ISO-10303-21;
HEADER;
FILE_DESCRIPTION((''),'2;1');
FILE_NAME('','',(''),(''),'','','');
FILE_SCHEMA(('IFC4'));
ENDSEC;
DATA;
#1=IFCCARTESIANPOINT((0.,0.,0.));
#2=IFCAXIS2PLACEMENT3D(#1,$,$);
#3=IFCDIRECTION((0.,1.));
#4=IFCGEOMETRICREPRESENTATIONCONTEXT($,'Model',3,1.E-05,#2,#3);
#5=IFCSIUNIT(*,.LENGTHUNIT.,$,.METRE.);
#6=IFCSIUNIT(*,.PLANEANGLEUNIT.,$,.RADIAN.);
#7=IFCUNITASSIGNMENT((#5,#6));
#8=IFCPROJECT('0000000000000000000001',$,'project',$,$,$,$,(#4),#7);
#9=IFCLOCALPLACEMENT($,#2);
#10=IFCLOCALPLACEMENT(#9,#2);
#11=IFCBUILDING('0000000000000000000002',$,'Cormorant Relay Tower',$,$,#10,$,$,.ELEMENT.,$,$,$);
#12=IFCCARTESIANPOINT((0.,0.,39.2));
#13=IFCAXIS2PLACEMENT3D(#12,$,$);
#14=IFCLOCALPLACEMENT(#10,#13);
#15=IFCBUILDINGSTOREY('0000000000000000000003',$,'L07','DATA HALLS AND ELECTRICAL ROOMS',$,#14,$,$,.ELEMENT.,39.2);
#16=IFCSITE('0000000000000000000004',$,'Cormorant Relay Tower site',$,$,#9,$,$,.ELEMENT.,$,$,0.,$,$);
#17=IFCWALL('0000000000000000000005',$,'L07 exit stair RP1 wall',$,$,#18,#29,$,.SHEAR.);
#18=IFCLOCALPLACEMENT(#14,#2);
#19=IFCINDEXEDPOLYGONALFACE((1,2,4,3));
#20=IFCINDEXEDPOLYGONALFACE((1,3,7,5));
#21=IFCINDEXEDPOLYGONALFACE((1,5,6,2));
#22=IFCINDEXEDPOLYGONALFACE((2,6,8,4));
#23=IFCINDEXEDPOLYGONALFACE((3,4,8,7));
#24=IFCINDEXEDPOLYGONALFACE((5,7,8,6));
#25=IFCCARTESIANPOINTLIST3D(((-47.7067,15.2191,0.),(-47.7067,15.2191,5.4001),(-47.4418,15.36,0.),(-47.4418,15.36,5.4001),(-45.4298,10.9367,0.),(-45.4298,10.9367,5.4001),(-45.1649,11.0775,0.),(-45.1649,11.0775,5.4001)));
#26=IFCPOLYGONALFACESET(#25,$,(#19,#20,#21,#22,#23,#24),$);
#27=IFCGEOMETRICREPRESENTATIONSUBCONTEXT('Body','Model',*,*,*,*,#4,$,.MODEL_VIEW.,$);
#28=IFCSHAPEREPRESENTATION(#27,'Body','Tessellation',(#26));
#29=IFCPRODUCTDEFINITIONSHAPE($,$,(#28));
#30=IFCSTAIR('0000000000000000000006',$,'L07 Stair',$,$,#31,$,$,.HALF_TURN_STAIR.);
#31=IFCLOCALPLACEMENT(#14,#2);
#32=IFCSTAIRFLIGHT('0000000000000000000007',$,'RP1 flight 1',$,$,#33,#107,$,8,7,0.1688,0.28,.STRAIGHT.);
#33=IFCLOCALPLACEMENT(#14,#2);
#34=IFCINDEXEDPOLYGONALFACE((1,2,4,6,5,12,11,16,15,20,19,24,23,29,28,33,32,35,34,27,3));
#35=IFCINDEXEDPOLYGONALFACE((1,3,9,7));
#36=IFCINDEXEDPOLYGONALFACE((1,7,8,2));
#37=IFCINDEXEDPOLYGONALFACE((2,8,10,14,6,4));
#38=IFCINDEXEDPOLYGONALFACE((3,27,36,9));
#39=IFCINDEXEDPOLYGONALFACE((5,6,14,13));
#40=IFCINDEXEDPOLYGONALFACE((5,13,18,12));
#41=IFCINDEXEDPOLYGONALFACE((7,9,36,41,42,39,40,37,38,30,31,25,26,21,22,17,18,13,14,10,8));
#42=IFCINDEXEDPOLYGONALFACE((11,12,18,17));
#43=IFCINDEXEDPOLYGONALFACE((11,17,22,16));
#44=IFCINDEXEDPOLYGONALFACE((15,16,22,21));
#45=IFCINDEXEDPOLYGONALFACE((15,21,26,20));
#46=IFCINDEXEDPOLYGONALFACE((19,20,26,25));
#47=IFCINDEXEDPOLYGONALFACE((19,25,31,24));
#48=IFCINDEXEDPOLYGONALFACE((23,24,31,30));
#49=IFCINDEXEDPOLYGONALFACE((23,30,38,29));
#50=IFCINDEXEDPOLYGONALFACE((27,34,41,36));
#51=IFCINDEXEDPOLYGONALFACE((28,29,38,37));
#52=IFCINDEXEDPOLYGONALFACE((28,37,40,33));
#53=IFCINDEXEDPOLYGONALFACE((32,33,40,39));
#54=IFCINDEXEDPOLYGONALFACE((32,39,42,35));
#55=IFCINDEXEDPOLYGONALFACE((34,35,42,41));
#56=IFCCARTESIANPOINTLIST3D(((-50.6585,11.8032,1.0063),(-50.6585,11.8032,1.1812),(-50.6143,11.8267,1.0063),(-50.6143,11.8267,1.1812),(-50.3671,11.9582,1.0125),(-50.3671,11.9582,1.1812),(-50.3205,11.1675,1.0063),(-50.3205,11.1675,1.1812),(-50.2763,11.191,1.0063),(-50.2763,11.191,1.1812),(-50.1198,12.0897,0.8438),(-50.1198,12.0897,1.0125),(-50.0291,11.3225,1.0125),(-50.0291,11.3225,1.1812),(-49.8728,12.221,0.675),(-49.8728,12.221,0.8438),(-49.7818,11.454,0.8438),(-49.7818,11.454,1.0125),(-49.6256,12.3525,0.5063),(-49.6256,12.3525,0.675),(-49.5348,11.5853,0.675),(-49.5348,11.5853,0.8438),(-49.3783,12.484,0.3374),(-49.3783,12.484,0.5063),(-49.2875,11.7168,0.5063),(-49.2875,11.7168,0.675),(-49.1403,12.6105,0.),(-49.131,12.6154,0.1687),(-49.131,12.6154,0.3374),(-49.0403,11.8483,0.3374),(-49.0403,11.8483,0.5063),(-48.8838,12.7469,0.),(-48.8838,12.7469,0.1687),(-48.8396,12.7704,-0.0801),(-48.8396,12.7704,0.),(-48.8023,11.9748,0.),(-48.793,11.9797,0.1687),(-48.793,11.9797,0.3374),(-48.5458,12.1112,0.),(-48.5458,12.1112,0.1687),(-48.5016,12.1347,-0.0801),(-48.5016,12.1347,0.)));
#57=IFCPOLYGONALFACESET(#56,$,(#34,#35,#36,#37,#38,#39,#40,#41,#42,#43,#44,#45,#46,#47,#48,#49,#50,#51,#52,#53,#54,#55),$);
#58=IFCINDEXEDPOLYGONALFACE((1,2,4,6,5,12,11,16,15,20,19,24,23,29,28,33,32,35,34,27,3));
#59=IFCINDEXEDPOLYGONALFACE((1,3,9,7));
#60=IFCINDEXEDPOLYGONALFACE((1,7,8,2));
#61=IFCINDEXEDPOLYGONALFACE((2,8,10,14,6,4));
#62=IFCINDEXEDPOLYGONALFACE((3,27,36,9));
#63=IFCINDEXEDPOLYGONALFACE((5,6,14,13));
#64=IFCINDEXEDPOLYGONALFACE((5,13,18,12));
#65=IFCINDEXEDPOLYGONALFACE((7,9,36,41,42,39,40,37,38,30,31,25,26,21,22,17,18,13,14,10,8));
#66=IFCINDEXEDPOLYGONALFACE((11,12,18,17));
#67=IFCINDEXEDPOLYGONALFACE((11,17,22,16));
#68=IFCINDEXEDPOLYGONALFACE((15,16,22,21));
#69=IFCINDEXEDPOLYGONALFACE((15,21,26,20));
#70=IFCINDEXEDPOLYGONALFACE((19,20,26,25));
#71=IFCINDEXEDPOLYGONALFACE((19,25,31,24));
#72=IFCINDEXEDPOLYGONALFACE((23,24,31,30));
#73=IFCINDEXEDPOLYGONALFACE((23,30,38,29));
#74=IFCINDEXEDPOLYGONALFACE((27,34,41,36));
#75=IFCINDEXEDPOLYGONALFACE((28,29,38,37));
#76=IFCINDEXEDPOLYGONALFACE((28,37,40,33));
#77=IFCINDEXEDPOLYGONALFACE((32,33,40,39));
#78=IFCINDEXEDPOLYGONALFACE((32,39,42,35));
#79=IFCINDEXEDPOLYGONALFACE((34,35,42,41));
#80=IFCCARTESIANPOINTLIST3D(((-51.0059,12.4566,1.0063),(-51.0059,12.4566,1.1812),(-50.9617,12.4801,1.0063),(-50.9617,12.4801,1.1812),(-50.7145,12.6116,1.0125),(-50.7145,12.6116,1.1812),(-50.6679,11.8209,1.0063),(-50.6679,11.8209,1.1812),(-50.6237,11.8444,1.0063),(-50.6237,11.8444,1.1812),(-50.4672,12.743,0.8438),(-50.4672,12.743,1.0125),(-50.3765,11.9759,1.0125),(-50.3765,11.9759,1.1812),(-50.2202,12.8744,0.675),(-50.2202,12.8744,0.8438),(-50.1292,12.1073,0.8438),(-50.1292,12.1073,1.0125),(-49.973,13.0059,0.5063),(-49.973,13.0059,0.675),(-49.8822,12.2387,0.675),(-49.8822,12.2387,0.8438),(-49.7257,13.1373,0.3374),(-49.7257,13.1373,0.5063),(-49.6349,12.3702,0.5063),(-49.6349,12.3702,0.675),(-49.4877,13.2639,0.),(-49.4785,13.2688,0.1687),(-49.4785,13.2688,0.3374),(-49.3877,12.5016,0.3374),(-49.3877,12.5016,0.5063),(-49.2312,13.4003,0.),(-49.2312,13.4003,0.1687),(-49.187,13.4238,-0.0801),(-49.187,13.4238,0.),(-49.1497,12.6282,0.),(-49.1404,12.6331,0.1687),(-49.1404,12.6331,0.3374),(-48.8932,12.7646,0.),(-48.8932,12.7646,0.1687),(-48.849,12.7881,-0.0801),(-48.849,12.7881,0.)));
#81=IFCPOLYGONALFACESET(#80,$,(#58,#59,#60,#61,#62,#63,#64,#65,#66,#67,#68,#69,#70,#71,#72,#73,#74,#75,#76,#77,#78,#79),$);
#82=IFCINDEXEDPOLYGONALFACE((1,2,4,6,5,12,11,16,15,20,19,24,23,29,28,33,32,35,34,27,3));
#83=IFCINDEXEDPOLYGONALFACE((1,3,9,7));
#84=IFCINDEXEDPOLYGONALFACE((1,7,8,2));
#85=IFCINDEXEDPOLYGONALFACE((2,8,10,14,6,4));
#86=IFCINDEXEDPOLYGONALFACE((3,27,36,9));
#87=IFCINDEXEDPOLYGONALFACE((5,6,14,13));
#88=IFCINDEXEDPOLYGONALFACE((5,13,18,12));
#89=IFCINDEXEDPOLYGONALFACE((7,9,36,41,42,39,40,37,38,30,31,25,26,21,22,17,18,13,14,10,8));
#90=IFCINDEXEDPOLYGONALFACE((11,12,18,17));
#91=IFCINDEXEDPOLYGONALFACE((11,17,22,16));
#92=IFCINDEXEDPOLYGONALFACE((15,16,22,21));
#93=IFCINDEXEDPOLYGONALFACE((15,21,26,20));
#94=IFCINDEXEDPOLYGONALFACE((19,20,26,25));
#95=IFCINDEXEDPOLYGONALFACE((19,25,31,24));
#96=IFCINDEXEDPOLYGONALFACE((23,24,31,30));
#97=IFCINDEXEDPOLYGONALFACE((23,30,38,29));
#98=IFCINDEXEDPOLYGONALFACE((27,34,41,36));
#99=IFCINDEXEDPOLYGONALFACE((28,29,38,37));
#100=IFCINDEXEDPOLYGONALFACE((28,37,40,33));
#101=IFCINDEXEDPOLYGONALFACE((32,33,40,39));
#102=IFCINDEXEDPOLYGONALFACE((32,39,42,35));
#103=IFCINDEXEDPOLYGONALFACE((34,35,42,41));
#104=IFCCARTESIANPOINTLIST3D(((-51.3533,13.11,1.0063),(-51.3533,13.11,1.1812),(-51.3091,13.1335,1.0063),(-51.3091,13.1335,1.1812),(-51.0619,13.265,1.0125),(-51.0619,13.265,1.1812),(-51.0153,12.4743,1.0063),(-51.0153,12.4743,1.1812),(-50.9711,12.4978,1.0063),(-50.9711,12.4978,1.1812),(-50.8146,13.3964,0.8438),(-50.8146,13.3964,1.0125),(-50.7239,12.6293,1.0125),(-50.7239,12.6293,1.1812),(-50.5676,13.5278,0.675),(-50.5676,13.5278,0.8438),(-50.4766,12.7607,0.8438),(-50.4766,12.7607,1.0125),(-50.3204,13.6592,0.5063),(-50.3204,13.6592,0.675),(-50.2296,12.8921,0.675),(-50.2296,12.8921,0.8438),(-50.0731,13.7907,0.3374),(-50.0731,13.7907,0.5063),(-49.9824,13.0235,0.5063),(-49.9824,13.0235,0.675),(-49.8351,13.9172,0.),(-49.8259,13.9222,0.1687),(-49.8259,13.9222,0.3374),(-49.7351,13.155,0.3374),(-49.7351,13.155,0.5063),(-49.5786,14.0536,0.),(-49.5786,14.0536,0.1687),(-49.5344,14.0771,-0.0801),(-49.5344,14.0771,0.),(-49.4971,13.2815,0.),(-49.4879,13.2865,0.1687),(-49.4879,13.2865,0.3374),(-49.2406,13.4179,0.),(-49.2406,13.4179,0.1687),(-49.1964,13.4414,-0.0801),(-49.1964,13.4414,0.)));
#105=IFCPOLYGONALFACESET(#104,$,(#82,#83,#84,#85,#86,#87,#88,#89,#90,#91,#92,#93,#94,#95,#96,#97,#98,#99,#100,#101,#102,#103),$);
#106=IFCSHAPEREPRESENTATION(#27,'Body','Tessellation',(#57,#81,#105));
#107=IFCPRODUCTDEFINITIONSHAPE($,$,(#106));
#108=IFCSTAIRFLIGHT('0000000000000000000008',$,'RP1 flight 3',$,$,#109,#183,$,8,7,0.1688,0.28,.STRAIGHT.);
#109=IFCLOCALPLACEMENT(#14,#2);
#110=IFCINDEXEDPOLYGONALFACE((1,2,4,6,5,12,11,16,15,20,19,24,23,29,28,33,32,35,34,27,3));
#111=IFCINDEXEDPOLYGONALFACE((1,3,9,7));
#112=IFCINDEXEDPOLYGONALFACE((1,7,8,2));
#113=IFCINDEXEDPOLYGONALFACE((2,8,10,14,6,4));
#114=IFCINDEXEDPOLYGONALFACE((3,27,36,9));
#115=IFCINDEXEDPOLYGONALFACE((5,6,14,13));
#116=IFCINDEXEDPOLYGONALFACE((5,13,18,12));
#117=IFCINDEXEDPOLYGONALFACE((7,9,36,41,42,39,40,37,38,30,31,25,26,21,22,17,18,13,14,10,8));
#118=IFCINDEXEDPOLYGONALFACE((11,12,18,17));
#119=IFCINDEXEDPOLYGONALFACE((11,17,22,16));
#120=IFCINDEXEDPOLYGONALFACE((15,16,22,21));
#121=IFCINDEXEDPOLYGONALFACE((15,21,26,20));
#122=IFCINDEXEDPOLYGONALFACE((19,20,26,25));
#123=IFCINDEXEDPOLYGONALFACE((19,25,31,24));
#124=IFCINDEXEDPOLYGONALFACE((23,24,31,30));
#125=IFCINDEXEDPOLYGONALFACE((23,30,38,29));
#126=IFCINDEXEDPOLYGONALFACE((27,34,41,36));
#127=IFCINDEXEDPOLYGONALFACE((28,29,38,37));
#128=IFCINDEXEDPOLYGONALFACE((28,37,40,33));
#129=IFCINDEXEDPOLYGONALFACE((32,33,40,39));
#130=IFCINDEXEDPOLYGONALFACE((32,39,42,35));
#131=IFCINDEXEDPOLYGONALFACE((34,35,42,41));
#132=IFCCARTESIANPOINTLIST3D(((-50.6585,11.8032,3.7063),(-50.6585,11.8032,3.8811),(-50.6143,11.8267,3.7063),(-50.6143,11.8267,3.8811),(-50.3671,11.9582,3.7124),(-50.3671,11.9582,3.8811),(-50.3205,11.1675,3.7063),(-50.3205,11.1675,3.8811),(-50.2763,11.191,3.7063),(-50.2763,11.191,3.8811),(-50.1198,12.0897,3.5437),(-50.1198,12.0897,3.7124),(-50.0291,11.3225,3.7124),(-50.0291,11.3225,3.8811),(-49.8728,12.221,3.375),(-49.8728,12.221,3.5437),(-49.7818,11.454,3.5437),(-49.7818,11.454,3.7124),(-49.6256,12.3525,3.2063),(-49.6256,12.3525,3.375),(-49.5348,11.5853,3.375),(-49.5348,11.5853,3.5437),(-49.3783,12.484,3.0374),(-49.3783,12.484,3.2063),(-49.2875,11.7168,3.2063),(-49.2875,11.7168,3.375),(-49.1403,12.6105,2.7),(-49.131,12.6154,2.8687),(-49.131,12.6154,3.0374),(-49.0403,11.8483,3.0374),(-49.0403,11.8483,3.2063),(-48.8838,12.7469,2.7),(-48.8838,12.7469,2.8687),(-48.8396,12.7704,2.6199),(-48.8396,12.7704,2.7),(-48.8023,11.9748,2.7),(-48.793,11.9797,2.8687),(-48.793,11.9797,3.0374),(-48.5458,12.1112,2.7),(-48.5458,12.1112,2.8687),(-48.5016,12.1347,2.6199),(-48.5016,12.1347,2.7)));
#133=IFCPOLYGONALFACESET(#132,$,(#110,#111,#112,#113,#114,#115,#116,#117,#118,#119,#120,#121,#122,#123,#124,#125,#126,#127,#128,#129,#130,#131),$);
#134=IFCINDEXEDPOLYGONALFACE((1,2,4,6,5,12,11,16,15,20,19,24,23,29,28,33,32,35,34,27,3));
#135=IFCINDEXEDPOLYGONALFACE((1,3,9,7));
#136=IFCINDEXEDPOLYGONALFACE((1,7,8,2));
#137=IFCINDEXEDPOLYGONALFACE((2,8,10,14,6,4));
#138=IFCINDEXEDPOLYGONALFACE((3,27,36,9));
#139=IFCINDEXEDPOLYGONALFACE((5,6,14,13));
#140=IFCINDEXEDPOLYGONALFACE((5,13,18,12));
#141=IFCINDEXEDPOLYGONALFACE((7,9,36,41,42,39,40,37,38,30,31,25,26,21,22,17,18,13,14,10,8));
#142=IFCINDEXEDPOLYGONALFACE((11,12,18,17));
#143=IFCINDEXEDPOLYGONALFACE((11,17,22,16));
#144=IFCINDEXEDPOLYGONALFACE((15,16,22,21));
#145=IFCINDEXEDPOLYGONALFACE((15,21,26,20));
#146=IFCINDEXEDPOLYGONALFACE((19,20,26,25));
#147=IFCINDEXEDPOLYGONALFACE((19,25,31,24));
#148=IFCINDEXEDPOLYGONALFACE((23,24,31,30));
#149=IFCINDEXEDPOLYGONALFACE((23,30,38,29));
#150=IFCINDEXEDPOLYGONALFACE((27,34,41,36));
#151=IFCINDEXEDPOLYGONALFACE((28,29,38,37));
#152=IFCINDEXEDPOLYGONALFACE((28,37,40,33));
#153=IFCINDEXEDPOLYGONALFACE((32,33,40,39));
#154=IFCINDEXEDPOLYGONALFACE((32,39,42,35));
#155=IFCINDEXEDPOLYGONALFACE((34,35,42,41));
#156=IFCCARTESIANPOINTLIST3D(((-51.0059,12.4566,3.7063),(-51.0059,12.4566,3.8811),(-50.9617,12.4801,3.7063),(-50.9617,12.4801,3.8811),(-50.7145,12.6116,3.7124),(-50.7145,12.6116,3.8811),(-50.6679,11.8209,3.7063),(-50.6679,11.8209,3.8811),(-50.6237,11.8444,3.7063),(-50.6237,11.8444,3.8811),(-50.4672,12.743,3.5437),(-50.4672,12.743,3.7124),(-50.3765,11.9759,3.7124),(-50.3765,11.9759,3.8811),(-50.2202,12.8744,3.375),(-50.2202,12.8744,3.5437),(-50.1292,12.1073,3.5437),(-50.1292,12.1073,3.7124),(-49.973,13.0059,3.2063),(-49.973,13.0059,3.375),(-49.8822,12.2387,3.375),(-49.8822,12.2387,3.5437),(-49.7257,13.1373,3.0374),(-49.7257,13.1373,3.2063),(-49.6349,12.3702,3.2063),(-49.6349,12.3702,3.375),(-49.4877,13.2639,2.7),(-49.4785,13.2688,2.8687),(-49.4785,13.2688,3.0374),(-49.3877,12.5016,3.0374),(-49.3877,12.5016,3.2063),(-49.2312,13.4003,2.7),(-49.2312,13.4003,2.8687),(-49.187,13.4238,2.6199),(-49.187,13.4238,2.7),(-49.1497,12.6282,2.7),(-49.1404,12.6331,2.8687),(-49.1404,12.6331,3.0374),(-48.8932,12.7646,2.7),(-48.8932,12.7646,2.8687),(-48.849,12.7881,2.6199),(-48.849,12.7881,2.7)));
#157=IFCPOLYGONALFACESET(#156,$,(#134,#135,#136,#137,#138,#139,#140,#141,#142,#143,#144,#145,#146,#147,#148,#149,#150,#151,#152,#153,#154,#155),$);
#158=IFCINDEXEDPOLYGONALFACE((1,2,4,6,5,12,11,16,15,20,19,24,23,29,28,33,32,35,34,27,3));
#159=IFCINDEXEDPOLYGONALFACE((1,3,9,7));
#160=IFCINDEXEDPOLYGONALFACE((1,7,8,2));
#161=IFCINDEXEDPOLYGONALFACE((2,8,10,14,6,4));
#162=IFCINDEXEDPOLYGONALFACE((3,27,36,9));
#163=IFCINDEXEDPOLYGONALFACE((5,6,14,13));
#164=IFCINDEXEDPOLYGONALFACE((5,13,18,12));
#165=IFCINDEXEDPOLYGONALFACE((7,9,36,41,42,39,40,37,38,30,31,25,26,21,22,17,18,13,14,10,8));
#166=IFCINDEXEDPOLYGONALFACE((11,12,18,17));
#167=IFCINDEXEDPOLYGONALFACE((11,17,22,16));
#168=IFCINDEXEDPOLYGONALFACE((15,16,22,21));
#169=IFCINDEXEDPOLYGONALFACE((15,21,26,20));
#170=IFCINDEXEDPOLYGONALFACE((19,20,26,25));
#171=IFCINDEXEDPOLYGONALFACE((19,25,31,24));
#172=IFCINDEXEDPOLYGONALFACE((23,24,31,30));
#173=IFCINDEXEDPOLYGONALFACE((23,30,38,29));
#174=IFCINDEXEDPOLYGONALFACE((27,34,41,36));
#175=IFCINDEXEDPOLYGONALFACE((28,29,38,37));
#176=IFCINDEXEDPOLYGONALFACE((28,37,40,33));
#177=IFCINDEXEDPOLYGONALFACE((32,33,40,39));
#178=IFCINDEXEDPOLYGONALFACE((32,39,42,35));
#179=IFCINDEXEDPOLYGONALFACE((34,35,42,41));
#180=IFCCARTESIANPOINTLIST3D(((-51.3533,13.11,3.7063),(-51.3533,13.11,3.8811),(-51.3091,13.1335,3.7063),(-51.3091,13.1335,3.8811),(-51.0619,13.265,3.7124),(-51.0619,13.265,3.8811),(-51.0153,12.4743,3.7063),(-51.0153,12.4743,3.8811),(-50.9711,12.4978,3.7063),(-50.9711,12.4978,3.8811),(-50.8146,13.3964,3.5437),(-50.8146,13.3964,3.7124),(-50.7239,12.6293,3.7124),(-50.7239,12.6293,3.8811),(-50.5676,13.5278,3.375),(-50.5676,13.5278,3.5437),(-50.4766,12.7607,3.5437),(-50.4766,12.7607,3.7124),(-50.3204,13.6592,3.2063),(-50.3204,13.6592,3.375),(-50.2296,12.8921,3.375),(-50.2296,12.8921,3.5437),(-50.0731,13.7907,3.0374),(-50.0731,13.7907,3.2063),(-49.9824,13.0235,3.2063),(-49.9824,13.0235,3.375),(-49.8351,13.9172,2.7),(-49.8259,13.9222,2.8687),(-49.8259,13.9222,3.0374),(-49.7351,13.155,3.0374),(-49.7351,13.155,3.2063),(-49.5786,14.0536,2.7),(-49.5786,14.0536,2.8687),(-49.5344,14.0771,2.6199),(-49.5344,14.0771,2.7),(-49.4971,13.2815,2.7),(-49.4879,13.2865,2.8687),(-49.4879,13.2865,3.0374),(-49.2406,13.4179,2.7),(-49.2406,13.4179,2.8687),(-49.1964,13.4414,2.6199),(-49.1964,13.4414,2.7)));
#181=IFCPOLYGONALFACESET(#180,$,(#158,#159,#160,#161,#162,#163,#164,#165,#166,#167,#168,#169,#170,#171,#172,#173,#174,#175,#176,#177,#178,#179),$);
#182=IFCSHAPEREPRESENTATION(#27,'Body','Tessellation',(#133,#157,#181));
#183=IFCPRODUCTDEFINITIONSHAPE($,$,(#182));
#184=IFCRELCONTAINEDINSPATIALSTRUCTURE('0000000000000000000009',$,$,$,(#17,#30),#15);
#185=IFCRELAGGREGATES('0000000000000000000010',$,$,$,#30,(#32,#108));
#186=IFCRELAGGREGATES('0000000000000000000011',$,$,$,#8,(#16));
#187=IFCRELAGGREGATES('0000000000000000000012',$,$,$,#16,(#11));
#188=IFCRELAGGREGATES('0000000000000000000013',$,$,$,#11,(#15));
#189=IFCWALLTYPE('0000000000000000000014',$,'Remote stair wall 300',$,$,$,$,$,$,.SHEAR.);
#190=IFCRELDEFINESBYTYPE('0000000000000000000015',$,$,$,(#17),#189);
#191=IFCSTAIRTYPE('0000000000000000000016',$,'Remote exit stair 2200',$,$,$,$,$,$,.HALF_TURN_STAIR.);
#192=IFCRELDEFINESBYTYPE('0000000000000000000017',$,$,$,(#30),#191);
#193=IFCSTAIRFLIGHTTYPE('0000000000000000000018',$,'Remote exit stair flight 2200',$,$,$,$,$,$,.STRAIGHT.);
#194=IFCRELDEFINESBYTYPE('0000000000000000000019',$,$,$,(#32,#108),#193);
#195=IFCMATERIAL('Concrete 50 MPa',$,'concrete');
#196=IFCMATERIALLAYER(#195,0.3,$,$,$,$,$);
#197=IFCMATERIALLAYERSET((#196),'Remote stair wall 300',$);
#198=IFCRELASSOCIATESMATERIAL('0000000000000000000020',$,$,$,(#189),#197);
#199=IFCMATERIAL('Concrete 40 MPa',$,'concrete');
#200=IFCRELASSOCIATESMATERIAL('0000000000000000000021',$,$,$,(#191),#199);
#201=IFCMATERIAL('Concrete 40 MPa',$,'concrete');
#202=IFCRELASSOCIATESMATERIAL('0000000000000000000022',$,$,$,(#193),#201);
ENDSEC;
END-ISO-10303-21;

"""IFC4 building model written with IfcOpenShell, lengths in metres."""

from ifc_helpers import new_model, si_unit, direction, frame, frame_2d, origin, place, context, subcontext, project, spatial, polyline, rectangle, outline, extrude, material, layer, layer_set, type_object, element, aggregate, save


model = new_model("IFC4")

# Units and contexts
model_context = context("Model", 3, precision=1e-05, world=origin(), true_north=direction((0.0, 1.0)))
body_context = subcontext(model_context, "Body", "Model", "MODEL_VIEW")
ifc_project = project(units=[si_unit("LENGTHUNIT", "METRE"), si_unit("PLANEANGLEUNIT", "RADIAN")], contexts=[model_context])

# Site, building, storey
site_placement = place(None, origin())
site = spatial("IfcSite", under=ifc_project, at=site_placement, Name="Cormorant Relay Tower site", CompositionType="ELEMENT", RefElevation=0.0)
building_placement = place(site_placement, origin())
building = spatial("IfcBuilding", under=site, at=building_placement, Name="Cormorant Relay Tower", CompositionType="ELEMENT")
storey_placement = place(building_placement, frame((0.0, 0.0, 39.2)))
storey = spatial("IfcBuildingStorey", under=building, at=storey_placement, Name="L07", Description="DATA HALLS AND ELECTRICAL ROOMS", CompositionType="ELEMENT", Elevation=39.2)

# Wall
ifc_material_1 = material(Name="Concrete 50 MPa", Category="concrete")
ifc_layer_1 = layer(ifc_material_1, 0.3)
ifc_layer_set_1 = layer_set([ifc_layer_1], Name="Remote stair wall 300")
wall_type_1 = type_object("IfcWallType", Name="Remote stair wall 300", PredefinedType="SHEAR", material=ifc_layer_set_1)
wall_1_placement = place(storey_placement, frame((-47.5742, 15.2896, 0.0), z_axis=(0.0, 0.0, 1.0), x_axis=(0.469443, -0.882963, 0.0)))
element("IfcWall", 1, at=wall_1_placement, inside=storey, type_object=wall_type_1, Name="L07 exit stair RP1 wall", PredefinedType="SHEAR", context=body_context, shape_type="SweptSolid", body=[
    extrude(rectangle(XDim=4.8501, YDim=0.3, at=frame_2d((2.425, 0.0))), origin(), (0.0, 0.0, 1.0), 5.4001),
])

# Stair, stair flights
ifc_material_2 = material(Name="Concrete 40 MPa", Category="concrete")
stair_type = type_object("IfcStairType", Name="Remote exit stair 2200", PredefinedType="HALF_TURN_STAIR", material=ifc_material_2)
stair_placement = place(storey_placement, origin())
stair = element("IfcStair", 2, at=stair_placement, inside=storey, type_object=stair_type, Name="L07 Stair", PredefinedType="HALF_TURN_STAIR")
ifc_material_3 = material(Name="Concrete 40 MPa", Category="concrete")
stair_flight_type = type_object("IfcStairFlightType", Name="Remote exit stair flight 2200", PredefinedType="STRAIGHT", material=ifc_material_3)
stair_flight_1_placement = place(storey_placement, frame((-49.0623, 13.0825, 0.0), z_axis=(0.0, 0.0, 1.0), x_axis=(-0.882948, -0.469472, 0.0)))
stair_flight_1 = element("IfcStairFlight", 3, at=stair_flight_1_placement, type_object=stair_flight_type, Name="RP1 flight 1", NumberOfRisers=8, NumberOfTreads=7, PredefinedType="STRAIGHT", RiserHeight=0.1688, TreadLength=0.28, context=body_context, shape_type="SweptSolid", body=[
    extrude(outline(polyline([(-0.05, -0.0801), (-0.05, 0.0), (0.0, 0.0), (0.0, 0.1687), (0.28, 0.1687), (0.28, 0.3374), (0.5601, 0.3374), (0.5601, 0.5063), (0.8401, 0.5063), (0.8401, 0.675), (1.1201, 0.675), (1.1201, 0.8438), (1.3999, 0.8438), (1.3999, 1.0125), (1.6799, 1.0125), (1.6799, 1.1812), (1.96, 1.1812), (2.01, 1.1812), (2.01, 1.0063), (1.96, 1.0063), (0.2905, 0.0), (-0.05, -0.0801)])), frame((0.0, 1.1001, 0.0), z_axis=(0.0, -1.0, 0.0), x_axis=(1.0, 0.0, 0.0)), (0.0, 0.0, 1.0), 0.72),
    extrude(outline(polyline([(-0.05, -0.0801), (-0.05, 0.0), (0.0, 0.0), (0.0, 0.1687), (0.28, 0.1687), (0.28, 0.3374), (0.5601, 0.3374), (0.5601, 0.5063), (0.8401, 0.5063), (0.8401, 0.675), (1.1201, 0.675), (1.1201, 0.8438), (1.3999, 0.8438), (1.3999, 1.0125), (1.6799, 1.0125), (1.6799, 1.1812), (1.96, 1.1812), (2.01, 1.1812), (2.01, 1.0063), (1.96, 1.0063), (0.2905, 0.0), (-0.05, -0.0801)])), frame((0.0, 0.3601, 0.0), z_axis=(0.0, -1.0, 0.0), x_axis=(1.0, 0.0, 0.0)), (0.0, 0.0, 1.0), 0.72),
    extrude(outline(polyline([(-0.05, -0.0801), (-0.05, 0.0), (0.0, 0.0), (0.0, 0.1687), (0.28, 0.1687), (0.28, 0.3374), (0.5601, 0.3374), (0.5601, 0.5063), (0.8401, 0.5063), (0.8401, 0.675), (1.1201, 0.675), (1.1201, 0.8438), (1.3999, 0.8438), (1.3999, 1.0125), (1.6799, 1.0125), (1.6799, 1.1812), (1.96, 1.1812), (2.01, 1.1812), (2.01, 1.0063), (1.96, 1.0063), (0.2905, 0.0), (-0.05, -0.0801)])), frame((0.0, -0.3799, 0.0), z_axis=(0.0, -1.0, 0.0), x_axis=(1.0, 0.0, 0.0)), (0.0, 0.0, 1.0), 0.72),
])
stair_flight_2_placement = place(storey_placement, frame((-49.0623, 13.0825, 2.7), z_axis=(0.0, 0.0, 1.0), x_axis=(-0.882948, -0.469472, 0.0)))
stair_flight_2 = element("IfcStairFlight", 4, at=stair_flight_2_placement, type_object=stair_flight_type, Name="RP1 flight 3", NumberOfRisers=8, NumberOfTreads=7, PredefinedType="STRAIGHT", RiserHeight=0.1688, TreadLength=0.28, context=body_context, shape_type="SweptSolid", body=[
    extrude(outline(polyline([(-0.05, -0.0801), (-0.05, 0.0), (0.0, 0.0), (0.0, 0.1687), (0.28, 0.1687), (0.28, 0.3374), (0.5601, 0.3374), (0.5601, 0.5063), (0.8401, 0.5063), (0.8401, 0.675), (1.1201, 0.675), (1.1201, 0.8438), (1.3999, 0.8438), (1.3999, 1.0125), (1.6799, 1.0125), (1.6799, 1.1812), (1.96, 1.1812), (2.01, 1.1812), (2.01, 1.0063), (1.96, 1.0063), (0.2905, 0.0), (-0.05, -0.0801)])), frame((0.0, 1.1001, 0.0), z_axis=(0.0, -1.0, 0.0), x_axis=(1.0, 0.0, 0.0)), (0.0, 0.0, 1.0), 0.72),
    extrude(outline(polyline([(-0.05, -0.0801), (-0.05, 0.0), (0.0, 0.0), (0.0, 0.1687), (0.28, 0.1687), (0.28, 0.3374), (0.5601, 0.3374), (0.5601, 0.5063), (0.8401, 0.5063), (0.8401, 0.675), (1.1201, 0.675), (1.1201, 0.8438), (1.3999, 0.8438), (1.3999, 1.0125), (1.6799, 1.0125), (1.6799, 1.1812), (1.96, 1.1812), (2.01, 1.1812), (2.01, 1.0063), (1.96, 1.0063), (0.2905, 0.0), (-0.05, -0.0801)])), frame((0.0, 0.3601, 0.0), z_axis=(0.0, -1.0, 0.0), x_axis=(1.0, 0.0, 0.0)), (0.0, 0.0, 1.0), 0.72),
    extrude(outline(polyline([(-0.05, -0.0801), (-0.05, 0.0), (0.0, 0.0), (0.0, 0.1687), (0.28, 0.1687), (0.28, 0.3374), (0.5601, 0.3374), (0.5601, 0.5063), (0.8401, 0.5063), (0.8401, 0.675), (1.1201, 0.675), (1.1201, 0.8438), (1.3999, 0.8438), (1.3999, 1.0125), (1.6799, 1.0125), (1.6799, 1.1812), (1.96, 1.1812), (2.01, 1.1812), (2.01, 1.0063), (1.96, 1.0063), (0.2905, 0.0), (-0.05, -0.0801)])), frame((0.0, -0.3799, 0.0), z_axis=(0.0, -1.0, 0.0), x_axis=(1.0, 0.0, 0.0)), (0.0, 0.0, 1.0), 0.72),
])
aggregate(stair, [stair_flight_1, stair_flight_2])

save(model, "model.ifc")
